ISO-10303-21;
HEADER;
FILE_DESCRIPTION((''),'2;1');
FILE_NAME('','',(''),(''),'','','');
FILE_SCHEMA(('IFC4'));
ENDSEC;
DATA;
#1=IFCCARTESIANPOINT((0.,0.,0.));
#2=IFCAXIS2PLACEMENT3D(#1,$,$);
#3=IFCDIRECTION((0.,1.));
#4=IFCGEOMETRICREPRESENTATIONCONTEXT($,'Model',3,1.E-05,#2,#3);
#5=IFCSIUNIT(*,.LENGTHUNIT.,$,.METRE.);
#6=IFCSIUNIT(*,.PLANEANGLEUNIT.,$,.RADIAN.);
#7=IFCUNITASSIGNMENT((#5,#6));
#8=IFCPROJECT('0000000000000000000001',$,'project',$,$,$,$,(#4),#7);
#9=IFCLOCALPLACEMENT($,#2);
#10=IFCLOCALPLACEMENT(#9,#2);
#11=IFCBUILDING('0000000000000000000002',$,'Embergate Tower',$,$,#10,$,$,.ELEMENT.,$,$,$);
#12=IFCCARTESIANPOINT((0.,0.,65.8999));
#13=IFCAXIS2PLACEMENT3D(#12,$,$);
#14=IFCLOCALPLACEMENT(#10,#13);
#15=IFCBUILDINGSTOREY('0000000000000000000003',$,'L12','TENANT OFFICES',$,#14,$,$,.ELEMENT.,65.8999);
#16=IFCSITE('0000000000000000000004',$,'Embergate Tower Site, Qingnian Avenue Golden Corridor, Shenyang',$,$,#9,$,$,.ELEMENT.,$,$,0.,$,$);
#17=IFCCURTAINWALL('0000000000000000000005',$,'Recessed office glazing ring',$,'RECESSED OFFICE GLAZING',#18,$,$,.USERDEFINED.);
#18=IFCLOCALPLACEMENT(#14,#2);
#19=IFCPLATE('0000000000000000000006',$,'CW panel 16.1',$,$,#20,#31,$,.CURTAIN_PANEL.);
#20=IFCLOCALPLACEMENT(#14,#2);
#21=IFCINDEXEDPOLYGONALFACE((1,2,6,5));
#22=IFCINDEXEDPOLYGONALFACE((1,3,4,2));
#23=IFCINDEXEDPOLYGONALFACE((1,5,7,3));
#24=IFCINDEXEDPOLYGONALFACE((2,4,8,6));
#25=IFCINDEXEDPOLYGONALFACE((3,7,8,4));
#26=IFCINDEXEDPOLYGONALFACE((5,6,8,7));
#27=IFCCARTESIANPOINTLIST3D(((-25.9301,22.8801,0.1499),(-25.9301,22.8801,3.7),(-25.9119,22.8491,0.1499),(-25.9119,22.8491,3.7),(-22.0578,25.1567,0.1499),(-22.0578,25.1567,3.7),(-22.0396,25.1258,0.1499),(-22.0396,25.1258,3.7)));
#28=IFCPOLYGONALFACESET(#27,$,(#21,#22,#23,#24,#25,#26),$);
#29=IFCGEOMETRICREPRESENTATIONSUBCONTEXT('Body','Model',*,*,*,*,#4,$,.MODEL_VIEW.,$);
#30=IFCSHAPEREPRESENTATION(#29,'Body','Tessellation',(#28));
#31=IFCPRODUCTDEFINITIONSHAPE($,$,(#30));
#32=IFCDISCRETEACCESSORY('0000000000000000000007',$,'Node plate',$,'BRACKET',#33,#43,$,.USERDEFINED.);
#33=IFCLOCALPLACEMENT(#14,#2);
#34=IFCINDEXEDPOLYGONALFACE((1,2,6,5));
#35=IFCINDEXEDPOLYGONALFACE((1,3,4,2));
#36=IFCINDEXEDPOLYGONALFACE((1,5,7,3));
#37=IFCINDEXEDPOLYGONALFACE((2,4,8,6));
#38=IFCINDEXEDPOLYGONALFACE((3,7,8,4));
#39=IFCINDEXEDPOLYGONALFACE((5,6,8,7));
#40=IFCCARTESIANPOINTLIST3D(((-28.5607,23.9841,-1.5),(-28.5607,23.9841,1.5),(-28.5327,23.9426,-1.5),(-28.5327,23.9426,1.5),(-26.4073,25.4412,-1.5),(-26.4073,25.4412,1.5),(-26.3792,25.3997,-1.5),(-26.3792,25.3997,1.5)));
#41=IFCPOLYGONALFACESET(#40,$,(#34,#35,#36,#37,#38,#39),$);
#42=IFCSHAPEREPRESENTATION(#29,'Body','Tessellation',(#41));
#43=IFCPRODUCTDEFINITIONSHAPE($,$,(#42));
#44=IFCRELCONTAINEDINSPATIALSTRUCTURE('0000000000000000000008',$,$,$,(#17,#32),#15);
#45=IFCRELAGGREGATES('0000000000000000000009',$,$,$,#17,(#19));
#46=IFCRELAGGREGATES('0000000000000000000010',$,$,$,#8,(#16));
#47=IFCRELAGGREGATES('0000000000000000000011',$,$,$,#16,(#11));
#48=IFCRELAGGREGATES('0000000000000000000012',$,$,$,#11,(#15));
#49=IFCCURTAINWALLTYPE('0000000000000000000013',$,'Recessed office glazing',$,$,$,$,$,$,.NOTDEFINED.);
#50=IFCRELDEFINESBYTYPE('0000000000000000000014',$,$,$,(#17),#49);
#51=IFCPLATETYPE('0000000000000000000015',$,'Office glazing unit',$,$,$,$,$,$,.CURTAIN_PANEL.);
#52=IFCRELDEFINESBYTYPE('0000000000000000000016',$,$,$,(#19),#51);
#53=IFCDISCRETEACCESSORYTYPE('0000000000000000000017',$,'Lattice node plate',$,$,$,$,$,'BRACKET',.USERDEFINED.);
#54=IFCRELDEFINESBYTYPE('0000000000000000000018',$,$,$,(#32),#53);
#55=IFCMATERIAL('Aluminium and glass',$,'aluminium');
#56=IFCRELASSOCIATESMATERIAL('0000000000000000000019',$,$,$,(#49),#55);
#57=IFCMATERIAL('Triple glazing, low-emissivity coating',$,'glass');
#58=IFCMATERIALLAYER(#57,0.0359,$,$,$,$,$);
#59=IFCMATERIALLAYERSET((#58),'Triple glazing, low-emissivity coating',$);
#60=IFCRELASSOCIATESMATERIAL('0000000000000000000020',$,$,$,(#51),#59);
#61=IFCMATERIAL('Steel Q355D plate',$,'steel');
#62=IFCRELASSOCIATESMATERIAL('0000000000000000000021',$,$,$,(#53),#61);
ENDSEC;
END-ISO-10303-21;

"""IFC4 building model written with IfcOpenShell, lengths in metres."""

from ifc_helpers import new_model, si_unit, direction, frame, origin, origin_2d, place, context, subcontext, project, spatial, rectangle, extrude, source, transform, mapped, material, layer, layer_set, type_object, element, aggregate, save


model = new_model("IFC4")

# Units and contexts
model_context = context("Model", 3, precision=1e-05, world=origin(), true_north=direction((0.0, 1.0)))
body_context = subcontext(model_context, "Body", "Model", "MODEL_VIEW")
ifc_project = project(units=[si_unit("LENGTHUNIT", "METRE"), si_unit("PLANEANGLEUNIT", "RADIAN")], contexts=[model_context])

# Site, building, storey
site_placement = place(None, origin())
site = spatial("IfcSite", under=ifc_project, at=site_placement, Name="Embergate Tower Site, Qingnian Avenue Golden Corridor, Shenyang", CompositionType="ELEMENT", RefElevation=0.0)
building_placement = place(site_placement, origin())
building = spatial("IfcBuilding", under=site, at=building_placement, Name="Embergate Tower", CompositionType="ELEMENT")
storey_placement = place(building_placement, frame((0.0, 0.0, 65.8999)))
storey = spatial("IfcBuildingStorey", under=building, at=storey_placement, Name="L12", Description="TENANT OFFICES", CompositionType="ELEMENT", Elevation=65.8999)

# Curtain wall, plate
ifc_material_1 = material(Name="Aluminium and glass", Category="aluminium")
curtain_wall_type = type_object("IfcCurtainWallType", Name="Recessed office glazing", PredefinedType="NOTDEFINED", material=ifc_material_1)
curtain_wall_placement = place(storey_placement, origin())
curtain_wall = element("IfcCurtainWall", 1, at=curtain_wall_placement, inside=storey, type_object=curtain_wall_type, Name="Recessed office glazing ring", ObjectType="RECESSED OFFICE GLAZING", PredefinedType="USERDEFINED")
ifc_material_2 = material(Name="Triple glazing, low-emissivity coating", Category="glass")
ifc_layer = layer(ifc_material_2, 0.0359)
ifc_layer_set = layer_set([ifc_layer], Name="Triple glazing, low-emissivity coating")
plate_type = type_object("IfcPlateType", Name="Office glazing unit", PredefinedType="CURTAIN_PANEL", material=ifc_layer_set)
shared_shape_1 = source(origin(), body_context, "Body", "SweptSolid", [
    extrude(rectangle(XDim=4.4919, YDim=0.0359, at=origin_2d()), origin(), (0.0, 0.0, 1.0), 3.55),
])
plate_1_placement = place(storey_placement, frame((-23.9849, 24.0029, 0.1499), z_axis=(0.0, 0.0, 1.0), x_axis=(-0.862048, -0.506827, 0.0)))
plate_1 = element("IfcPlate", 2, at=plate_1_placement, type_object=plate_type, Name="CW panel 16.1", PredefinedType="CURTAIN_PANEL", context=body_context, shape_type="MappedRepresentation", body=[
    mapped(shared_shape_1, transform((0.0, 0.0, 0.0))),
])
aggregate(curtain_wall, [plate_1])

# Discrete accessory
ifc_material_3 = material(Name="Steel Q355D plate", Category="steel")
discrete_accessory_type = type_object("IfcDiscreteAccessoryType", Name="Lattice node plate", ElementType="BRACKET", PredefinedType="USERDEFINED", material=ifc_material_3)
shared_shape_2 = source(origin(), body_context, "Body", "SweptSolid", [
    extrude(rectangle(XDim=2.6001, YDim=0.05, at=origin_2d()), origin(), (0.0, 0.0, 1.0), 3.0),
])
discrete_accessory_placement = place(storey_placement, frame((-27.47, 24.6919, -1.5), z_axis=(0.0, 0.0, 1.0), x_axis=(-0.828217, -0.560408, 0.0)))
element("IfcDiscreteAccessory", 3, at=discrete_accessory_placement, inside=storey, type_object=discrete_accessory_type, Name="Node plate", ObjectType="BRACKET", PredefinedType="USERDEFINED", context=body_context, shape_type="MappedRepresentation", body=[
    mapped(shared_shape_2, transform((0.0, 0.0, 0.0))),
])

save(model, "model.ifc")
